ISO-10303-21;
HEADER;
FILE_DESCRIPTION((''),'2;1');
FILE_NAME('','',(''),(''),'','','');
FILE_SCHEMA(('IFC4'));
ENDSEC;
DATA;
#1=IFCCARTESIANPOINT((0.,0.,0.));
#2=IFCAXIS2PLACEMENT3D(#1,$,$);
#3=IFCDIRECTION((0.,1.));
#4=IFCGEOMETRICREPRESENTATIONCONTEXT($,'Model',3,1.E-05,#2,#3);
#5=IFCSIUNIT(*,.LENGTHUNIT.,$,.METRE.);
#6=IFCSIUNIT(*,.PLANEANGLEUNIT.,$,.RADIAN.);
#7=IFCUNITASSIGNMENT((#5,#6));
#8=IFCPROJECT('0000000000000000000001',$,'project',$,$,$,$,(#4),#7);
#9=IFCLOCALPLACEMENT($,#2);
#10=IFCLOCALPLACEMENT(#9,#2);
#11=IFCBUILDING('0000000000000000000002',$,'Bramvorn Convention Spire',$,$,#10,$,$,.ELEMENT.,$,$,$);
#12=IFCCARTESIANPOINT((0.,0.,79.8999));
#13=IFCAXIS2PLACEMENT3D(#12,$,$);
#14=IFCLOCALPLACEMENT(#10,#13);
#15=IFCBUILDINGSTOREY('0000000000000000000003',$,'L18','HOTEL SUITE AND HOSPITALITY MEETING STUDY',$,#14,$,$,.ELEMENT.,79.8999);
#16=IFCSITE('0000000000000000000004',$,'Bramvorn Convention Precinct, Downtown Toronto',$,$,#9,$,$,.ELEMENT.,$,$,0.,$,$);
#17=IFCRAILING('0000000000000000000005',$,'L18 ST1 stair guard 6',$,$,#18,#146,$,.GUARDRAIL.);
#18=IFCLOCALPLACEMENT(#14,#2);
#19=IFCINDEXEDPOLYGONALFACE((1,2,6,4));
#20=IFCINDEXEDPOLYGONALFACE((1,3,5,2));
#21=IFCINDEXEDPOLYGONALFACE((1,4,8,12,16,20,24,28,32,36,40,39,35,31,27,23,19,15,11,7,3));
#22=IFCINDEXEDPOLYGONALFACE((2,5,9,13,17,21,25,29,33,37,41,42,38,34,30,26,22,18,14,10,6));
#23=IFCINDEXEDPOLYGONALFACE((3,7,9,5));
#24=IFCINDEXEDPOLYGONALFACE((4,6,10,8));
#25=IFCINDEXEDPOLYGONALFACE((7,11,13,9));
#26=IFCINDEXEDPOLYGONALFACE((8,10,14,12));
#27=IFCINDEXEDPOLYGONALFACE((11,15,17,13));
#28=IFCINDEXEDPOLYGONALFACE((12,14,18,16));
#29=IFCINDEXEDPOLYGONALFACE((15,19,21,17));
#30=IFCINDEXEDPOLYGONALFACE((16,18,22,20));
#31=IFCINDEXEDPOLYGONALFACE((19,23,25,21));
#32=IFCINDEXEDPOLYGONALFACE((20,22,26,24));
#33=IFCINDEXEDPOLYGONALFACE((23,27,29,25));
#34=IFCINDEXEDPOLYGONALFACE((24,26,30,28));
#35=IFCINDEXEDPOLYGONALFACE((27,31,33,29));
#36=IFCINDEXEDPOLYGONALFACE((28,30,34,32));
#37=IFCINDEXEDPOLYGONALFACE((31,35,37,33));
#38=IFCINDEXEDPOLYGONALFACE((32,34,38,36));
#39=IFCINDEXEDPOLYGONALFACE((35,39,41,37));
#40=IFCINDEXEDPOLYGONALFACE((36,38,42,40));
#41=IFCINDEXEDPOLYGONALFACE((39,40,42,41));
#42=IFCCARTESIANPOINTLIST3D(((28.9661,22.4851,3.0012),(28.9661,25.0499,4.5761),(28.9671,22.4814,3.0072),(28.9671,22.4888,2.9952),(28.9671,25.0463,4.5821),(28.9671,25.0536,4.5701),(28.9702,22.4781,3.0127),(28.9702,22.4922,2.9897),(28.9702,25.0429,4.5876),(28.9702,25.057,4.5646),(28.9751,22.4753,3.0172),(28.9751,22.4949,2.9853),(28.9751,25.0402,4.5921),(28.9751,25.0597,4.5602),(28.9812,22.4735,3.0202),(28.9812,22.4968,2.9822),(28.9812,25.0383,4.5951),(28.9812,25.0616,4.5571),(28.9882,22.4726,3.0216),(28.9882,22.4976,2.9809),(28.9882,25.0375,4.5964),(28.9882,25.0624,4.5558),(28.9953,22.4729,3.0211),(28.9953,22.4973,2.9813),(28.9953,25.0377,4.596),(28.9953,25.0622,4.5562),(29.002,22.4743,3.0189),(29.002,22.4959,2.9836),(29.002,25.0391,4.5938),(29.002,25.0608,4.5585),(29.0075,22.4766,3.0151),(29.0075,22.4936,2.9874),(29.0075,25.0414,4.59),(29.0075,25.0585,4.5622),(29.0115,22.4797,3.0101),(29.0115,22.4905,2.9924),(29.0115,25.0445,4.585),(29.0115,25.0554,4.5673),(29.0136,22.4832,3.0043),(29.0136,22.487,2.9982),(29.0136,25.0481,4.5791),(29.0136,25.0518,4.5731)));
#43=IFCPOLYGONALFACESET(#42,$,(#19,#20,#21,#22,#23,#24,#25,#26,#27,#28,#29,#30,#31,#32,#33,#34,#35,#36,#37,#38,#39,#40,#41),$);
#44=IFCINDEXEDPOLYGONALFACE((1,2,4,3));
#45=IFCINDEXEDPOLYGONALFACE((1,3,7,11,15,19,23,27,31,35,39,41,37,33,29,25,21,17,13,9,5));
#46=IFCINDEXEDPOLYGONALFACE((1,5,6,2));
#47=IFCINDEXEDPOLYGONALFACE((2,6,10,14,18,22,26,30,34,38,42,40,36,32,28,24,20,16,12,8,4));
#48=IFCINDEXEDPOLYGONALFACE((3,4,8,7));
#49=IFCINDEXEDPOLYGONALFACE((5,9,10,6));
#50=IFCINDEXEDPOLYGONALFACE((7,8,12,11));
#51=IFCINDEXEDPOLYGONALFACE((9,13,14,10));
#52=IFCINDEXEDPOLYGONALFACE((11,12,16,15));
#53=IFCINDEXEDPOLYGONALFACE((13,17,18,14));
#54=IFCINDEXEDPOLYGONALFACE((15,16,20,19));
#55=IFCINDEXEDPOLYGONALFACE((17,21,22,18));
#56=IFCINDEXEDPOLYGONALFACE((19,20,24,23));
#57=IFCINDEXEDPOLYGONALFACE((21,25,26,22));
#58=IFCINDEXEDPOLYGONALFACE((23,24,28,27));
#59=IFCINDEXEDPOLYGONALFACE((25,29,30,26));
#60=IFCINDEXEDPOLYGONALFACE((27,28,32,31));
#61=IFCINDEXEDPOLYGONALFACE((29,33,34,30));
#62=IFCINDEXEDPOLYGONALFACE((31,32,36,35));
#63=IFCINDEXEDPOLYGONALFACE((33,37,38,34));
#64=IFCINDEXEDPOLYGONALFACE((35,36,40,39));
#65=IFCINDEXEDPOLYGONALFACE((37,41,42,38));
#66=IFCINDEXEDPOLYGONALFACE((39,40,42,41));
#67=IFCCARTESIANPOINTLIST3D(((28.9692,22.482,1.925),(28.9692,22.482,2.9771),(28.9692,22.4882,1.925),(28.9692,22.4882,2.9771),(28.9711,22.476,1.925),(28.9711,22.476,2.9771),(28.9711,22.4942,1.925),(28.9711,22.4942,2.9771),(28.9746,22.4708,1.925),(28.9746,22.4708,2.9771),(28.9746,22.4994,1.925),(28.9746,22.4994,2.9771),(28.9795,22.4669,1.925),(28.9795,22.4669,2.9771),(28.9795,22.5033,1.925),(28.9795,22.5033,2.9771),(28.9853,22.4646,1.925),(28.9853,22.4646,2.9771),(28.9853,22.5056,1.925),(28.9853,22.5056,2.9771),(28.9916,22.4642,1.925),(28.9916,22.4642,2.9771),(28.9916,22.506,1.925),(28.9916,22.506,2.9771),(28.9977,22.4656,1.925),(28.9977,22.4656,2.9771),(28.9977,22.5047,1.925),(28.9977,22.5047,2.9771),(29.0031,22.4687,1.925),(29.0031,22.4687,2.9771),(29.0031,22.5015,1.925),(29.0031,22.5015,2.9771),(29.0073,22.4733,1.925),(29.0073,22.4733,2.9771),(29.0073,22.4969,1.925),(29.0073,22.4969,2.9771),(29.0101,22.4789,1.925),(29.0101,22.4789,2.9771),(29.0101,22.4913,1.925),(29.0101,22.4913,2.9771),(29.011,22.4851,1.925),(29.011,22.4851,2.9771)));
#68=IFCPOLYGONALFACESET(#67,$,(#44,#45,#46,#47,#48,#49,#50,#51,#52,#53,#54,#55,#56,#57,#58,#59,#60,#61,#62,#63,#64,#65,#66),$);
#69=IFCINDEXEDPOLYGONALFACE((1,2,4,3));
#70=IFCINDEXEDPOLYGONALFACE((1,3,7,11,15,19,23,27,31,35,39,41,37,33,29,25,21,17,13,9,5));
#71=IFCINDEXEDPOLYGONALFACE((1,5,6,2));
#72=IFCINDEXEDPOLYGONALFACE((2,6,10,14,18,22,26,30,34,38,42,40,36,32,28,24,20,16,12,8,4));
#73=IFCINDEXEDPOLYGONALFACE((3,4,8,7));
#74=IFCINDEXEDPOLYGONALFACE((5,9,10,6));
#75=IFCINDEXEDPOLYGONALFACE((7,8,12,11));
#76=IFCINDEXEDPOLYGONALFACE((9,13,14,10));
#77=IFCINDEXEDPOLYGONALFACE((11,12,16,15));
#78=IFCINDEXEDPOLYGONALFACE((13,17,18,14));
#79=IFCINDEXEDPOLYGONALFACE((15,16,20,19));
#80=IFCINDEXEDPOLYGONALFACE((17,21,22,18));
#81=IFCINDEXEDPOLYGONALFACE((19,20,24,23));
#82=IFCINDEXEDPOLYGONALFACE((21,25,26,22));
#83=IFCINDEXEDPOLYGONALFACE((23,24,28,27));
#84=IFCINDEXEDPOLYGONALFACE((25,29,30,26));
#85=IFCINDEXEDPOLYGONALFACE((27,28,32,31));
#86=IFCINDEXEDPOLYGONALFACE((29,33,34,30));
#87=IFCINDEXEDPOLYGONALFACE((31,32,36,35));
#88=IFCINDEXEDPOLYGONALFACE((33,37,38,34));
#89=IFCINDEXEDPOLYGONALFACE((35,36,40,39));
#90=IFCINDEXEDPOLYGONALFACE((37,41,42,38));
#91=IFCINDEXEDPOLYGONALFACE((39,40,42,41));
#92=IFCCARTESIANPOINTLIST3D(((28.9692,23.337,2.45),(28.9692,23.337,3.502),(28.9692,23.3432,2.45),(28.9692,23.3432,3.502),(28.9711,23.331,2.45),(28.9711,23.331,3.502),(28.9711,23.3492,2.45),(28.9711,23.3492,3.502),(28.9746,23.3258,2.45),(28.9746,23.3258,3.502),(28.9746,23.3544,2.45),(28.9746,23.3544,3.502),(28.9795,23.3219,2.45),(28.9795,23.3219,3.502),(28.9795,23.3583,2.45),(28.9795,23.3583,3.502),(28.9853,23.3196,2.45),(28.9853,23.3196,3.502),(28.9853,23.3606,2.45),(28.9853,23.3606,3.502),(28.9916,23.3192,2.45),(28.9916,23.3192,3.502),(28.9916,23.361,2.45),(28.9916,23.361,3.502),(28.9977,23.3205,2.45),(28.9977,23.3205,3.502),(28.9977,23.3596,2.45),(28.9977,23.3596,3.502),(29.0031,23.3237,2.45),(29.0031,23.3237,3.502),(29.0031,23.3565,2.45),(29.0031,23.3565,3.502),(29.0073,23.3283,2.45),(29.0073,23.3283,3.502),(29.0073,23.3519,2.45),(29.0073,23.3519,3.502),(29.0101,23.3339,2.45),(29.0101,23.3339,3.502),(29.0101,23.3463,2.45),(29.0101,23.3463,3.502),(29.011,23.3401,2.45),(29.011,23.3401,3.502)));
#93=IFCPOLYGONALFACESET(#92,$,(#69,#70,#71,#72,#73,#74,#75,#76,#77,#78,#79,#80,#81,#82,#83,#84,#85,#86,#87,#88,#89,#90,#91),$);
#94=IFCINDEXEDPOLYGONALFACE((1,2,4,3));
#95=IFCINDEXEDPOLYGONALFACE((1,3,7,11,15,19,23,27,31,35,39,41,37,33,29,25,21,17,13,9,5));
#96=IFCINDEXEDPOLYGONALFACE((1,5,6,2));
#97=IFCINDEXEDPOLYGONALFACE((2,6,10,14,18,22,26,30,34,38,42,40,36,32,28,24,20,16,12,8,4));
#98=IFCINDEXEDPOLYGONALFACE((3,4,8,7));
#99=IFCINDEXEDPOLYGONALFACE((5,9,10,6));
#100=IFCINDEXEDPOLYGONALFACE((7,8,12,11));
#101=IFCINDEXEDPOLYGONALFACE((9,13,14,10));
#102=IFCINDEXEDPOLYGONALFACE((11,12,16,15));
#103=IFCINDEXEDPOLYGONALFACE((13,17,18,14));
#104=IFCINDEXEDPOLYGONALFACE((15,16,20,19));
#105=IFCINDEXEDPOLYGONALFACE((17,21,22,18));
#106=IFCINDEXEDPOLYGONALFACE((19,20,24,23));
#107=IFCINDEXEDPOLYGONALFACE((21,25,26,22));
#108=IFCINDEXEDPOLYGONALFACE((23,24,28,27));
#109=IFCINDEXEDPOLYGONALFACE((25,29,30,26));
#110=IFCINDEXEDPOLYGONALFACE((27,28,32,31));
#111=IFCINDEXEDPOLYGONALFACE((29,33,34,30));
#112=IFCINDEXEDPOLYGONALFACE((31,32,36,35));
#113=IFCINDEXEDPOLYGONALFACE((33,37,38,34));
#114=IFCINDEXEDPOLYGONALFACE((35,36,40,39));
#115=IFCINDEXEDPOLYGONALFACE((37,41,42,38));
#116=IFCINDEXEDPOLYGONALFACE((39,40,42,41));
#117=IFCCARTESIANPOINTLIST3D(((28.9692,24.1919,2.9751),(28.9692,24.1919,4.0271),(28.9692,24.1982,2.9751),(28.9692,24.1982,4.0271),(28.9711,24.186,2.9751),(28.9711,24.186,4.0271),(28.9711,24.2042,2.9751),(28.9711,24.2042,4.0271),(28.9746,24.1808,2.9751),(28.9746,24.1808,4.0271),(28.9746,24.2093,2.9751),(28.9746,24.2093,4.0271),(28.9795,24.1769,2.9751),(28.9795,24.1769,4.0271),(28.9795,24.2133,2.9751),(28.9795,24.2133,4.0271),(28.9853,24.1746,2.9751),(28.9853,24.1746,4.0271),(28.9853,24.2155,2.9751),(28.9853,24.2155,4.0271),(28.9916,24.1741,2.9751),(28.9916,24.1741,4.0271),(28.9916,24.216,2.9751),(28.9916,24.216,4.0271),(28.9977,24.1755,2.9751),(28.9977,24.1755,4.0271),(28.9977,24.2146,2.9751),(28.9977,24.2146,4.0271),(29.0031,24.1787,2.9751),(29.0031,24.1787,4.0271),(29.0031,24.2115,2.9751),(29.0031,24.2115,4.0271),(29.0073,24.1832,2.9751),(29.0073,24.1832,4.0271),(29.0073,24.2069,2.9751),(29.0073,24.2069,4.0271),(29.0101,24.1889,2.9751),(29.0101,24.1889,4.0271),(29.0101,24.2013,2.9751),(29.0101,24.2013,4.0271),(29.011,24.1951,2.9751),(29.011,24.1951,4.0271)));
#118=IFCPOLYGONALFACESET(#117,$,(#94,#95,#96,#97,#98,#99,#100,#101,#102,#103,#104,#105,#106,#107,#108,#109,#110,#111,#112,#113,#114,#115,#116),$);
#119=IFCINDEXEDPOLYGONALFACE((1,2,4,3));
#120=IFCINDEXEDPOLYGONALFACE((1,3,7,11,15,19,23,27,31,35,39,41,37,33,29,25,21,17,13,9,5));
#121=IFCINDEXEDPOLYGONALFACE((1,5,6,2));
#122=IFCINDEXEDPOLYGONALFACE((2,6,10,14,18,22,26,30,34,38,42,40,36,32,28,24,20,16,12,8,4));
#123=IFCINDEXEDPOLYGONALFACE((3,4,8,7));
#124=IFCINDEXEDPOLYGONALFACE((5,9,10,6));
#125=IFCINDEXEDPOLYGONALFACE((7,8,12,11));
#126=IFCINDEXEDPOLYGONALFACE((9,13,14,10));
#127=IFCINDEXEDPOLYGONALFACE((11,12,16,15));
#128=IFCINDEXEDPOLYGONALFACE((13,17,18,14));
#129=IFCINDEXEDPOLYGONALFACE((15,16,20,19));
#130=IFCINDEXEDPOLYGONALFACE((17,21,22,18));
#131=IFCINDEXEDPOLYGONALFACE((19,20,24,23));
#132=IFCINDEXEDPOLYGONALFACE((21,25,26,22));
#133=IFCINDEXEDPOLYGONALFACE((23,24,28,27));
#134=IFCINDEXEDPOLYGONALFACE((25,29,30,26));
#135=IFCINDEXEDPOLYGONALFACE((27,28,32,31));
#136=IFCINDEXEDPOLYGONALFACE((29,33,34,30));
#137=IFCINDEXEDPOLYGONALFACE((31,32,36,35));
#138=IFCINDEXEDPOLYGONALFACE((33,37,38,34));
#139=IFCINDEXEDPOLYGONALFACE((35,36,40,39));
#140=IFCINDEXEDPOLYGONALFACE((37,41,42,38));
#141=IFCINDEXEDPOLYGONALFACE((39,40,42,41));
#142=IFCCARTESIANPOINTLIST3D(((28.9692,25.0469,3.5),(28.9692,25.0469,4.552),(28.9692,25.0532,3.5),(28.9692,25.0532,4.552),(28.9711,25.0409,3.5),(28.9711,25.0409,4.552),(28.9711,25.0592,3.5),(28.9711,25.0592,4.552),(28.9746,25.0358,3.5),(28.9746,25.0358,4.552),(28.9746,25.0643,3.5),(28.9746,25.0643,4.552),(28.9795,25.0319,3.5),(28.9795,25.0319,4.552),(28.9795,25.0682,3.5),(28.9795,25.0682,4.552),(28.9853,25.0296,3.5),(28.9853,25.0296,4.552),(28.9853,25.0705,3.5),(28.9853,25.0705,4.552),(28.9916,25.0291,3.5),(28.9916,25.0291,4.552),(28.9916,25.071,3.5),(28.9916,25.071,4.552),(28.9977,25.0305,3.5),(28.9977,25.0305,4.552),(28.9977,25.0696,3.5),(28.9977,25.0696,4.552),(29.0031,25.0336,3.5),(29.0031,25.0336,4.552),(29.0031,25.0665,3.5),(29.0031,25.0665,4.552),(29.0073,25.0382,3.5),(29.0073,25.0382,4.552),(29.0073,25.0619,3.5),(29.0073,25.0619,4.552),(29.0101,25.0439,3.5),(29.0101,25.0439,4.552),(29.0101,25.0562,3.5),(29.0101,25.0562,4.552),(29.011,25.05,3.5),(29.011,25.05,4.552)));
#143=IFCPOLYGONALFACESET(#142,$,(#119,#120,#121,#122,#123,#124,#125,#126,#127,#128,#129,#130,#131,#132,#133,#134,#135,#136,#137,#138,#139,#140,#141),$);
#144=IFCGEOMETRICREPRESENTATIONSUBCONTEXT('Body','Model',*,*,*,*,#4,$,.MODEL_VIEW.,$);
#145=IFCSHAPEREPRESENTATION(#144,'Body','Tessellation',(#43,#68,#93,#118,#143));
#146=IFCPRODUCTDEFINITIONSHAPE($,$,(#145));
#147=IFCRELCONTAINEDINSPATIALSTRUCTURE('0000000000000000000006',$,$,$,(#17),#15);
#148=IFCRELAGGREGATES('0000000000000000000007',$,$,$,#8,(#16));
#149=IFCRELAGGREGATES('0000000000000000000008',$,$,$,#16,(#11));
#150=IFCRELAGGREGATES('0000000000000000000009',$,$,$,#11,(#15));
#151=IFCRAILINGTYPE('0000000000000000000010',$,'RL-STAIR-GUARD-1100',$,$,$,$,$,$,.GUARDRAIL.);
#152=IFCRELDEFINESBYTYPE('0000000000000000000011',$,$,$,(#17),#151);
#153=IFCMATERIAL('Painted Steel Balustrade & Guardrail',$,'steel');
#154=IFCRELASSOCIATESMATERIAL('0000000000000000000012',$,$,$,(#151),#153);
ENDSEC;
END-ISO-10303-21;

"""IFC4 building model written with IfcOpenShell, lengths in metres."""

from ifc_helpers import new_model, si_unit, direction, frame, origin, origin_2d, place, context, subcontext, project, spatial, circle, extrude, material, type_object, element, save


model = new_model("IFC4")

# Units and contexts
model_context = context("Model", 3, precision=1e-05, world=origin(), true_north=direction((0.0, 1.0)))
body_context = subcontext(model_context, "Body", "Model", "MODEL_VIEW")
ifc_project = project(units=[si_unit("LENGTHUNIT", "METRE"), si_unit("PLANEANGLEUNIT", "RADIAN")], contexts=[model_context])

# Site, building, storey
site_placement = place(None, origin())
site = spatial("IfcSite", under=ifc_project, at=site_placement, Name="Bramvorn Convention Precinct, Downtown Toronto", CompositionType="ELEMENT", RefElevation=0.0)
building_placement = place(site_placement, origin())
building = spatial("IfcBuilding", under=site, at=building_placement, Name="Bramvorn Convention Spire", CompositionType="ELEMENT")
storey_placement = place(building_placement, frame((0.0, 0.0, 79.8999)))
storey = spatial("IfcBuildingStorey", under=building, at=storey_placement, Name="L18", Description="HOTEL SUITE AND HOSPITALITY MEETING STUDY", CompositionType="ELEMENT", Elevation=79.8999)

# Railing
ifc_material_1 = material(Name="Painted Steel Balustrade & Guardrail", Category="steel")
railing_type_1 = type_object("IfcRailingType", Name="RL-STAIR-GUARD-1100", PredefinedType="GUARDRAIL", material=ifc_material_1)
railing_1_placement = place(storey_placement, frame((28.99, 22.4851, 1.925)))
element("IfcRailing", 1, at=railing_1_placement, inside=storey, type_object=railing_type_1, Name="L18 ST1 stair guard 6", PredefinedType="GUARDRAIL", context=body_context, shape_type="SweptSolid", body=[
    extrude(circle(Radius=0.0239, at=origin_2d()), frame((0.0, 0.0, 1.0762), z_axis=(0.0, 0.852173, 0.52326), x_axis=(-1.0, 0.0, 0.0)), (0.0, 0.0, 1.0), 3.0098),
    extrude(circle(Radius=0.021, at=origin_2d()), origin(), (0.0, 0.0, 1.0), 1.052),
    extrude(circle(Radius=0.021, at=origin_2d()), frame((0.0, 0.855, 0.5249)), (0.0, 0.0, 1.0), 1.052),
    extrude(circle(Radius=0.021, at=origin_2d()), frame((0.0, 1.71, 1.05)), (0.0, 0.0, 1.0), 1.052),
    extrude(circle(Radius=0.021, at=origin_2d()), frame((0.0, 2.5649, 1.575)), (0.0, 0.0, 1.0), 1.052),
])

save(model, "model.ifc")
